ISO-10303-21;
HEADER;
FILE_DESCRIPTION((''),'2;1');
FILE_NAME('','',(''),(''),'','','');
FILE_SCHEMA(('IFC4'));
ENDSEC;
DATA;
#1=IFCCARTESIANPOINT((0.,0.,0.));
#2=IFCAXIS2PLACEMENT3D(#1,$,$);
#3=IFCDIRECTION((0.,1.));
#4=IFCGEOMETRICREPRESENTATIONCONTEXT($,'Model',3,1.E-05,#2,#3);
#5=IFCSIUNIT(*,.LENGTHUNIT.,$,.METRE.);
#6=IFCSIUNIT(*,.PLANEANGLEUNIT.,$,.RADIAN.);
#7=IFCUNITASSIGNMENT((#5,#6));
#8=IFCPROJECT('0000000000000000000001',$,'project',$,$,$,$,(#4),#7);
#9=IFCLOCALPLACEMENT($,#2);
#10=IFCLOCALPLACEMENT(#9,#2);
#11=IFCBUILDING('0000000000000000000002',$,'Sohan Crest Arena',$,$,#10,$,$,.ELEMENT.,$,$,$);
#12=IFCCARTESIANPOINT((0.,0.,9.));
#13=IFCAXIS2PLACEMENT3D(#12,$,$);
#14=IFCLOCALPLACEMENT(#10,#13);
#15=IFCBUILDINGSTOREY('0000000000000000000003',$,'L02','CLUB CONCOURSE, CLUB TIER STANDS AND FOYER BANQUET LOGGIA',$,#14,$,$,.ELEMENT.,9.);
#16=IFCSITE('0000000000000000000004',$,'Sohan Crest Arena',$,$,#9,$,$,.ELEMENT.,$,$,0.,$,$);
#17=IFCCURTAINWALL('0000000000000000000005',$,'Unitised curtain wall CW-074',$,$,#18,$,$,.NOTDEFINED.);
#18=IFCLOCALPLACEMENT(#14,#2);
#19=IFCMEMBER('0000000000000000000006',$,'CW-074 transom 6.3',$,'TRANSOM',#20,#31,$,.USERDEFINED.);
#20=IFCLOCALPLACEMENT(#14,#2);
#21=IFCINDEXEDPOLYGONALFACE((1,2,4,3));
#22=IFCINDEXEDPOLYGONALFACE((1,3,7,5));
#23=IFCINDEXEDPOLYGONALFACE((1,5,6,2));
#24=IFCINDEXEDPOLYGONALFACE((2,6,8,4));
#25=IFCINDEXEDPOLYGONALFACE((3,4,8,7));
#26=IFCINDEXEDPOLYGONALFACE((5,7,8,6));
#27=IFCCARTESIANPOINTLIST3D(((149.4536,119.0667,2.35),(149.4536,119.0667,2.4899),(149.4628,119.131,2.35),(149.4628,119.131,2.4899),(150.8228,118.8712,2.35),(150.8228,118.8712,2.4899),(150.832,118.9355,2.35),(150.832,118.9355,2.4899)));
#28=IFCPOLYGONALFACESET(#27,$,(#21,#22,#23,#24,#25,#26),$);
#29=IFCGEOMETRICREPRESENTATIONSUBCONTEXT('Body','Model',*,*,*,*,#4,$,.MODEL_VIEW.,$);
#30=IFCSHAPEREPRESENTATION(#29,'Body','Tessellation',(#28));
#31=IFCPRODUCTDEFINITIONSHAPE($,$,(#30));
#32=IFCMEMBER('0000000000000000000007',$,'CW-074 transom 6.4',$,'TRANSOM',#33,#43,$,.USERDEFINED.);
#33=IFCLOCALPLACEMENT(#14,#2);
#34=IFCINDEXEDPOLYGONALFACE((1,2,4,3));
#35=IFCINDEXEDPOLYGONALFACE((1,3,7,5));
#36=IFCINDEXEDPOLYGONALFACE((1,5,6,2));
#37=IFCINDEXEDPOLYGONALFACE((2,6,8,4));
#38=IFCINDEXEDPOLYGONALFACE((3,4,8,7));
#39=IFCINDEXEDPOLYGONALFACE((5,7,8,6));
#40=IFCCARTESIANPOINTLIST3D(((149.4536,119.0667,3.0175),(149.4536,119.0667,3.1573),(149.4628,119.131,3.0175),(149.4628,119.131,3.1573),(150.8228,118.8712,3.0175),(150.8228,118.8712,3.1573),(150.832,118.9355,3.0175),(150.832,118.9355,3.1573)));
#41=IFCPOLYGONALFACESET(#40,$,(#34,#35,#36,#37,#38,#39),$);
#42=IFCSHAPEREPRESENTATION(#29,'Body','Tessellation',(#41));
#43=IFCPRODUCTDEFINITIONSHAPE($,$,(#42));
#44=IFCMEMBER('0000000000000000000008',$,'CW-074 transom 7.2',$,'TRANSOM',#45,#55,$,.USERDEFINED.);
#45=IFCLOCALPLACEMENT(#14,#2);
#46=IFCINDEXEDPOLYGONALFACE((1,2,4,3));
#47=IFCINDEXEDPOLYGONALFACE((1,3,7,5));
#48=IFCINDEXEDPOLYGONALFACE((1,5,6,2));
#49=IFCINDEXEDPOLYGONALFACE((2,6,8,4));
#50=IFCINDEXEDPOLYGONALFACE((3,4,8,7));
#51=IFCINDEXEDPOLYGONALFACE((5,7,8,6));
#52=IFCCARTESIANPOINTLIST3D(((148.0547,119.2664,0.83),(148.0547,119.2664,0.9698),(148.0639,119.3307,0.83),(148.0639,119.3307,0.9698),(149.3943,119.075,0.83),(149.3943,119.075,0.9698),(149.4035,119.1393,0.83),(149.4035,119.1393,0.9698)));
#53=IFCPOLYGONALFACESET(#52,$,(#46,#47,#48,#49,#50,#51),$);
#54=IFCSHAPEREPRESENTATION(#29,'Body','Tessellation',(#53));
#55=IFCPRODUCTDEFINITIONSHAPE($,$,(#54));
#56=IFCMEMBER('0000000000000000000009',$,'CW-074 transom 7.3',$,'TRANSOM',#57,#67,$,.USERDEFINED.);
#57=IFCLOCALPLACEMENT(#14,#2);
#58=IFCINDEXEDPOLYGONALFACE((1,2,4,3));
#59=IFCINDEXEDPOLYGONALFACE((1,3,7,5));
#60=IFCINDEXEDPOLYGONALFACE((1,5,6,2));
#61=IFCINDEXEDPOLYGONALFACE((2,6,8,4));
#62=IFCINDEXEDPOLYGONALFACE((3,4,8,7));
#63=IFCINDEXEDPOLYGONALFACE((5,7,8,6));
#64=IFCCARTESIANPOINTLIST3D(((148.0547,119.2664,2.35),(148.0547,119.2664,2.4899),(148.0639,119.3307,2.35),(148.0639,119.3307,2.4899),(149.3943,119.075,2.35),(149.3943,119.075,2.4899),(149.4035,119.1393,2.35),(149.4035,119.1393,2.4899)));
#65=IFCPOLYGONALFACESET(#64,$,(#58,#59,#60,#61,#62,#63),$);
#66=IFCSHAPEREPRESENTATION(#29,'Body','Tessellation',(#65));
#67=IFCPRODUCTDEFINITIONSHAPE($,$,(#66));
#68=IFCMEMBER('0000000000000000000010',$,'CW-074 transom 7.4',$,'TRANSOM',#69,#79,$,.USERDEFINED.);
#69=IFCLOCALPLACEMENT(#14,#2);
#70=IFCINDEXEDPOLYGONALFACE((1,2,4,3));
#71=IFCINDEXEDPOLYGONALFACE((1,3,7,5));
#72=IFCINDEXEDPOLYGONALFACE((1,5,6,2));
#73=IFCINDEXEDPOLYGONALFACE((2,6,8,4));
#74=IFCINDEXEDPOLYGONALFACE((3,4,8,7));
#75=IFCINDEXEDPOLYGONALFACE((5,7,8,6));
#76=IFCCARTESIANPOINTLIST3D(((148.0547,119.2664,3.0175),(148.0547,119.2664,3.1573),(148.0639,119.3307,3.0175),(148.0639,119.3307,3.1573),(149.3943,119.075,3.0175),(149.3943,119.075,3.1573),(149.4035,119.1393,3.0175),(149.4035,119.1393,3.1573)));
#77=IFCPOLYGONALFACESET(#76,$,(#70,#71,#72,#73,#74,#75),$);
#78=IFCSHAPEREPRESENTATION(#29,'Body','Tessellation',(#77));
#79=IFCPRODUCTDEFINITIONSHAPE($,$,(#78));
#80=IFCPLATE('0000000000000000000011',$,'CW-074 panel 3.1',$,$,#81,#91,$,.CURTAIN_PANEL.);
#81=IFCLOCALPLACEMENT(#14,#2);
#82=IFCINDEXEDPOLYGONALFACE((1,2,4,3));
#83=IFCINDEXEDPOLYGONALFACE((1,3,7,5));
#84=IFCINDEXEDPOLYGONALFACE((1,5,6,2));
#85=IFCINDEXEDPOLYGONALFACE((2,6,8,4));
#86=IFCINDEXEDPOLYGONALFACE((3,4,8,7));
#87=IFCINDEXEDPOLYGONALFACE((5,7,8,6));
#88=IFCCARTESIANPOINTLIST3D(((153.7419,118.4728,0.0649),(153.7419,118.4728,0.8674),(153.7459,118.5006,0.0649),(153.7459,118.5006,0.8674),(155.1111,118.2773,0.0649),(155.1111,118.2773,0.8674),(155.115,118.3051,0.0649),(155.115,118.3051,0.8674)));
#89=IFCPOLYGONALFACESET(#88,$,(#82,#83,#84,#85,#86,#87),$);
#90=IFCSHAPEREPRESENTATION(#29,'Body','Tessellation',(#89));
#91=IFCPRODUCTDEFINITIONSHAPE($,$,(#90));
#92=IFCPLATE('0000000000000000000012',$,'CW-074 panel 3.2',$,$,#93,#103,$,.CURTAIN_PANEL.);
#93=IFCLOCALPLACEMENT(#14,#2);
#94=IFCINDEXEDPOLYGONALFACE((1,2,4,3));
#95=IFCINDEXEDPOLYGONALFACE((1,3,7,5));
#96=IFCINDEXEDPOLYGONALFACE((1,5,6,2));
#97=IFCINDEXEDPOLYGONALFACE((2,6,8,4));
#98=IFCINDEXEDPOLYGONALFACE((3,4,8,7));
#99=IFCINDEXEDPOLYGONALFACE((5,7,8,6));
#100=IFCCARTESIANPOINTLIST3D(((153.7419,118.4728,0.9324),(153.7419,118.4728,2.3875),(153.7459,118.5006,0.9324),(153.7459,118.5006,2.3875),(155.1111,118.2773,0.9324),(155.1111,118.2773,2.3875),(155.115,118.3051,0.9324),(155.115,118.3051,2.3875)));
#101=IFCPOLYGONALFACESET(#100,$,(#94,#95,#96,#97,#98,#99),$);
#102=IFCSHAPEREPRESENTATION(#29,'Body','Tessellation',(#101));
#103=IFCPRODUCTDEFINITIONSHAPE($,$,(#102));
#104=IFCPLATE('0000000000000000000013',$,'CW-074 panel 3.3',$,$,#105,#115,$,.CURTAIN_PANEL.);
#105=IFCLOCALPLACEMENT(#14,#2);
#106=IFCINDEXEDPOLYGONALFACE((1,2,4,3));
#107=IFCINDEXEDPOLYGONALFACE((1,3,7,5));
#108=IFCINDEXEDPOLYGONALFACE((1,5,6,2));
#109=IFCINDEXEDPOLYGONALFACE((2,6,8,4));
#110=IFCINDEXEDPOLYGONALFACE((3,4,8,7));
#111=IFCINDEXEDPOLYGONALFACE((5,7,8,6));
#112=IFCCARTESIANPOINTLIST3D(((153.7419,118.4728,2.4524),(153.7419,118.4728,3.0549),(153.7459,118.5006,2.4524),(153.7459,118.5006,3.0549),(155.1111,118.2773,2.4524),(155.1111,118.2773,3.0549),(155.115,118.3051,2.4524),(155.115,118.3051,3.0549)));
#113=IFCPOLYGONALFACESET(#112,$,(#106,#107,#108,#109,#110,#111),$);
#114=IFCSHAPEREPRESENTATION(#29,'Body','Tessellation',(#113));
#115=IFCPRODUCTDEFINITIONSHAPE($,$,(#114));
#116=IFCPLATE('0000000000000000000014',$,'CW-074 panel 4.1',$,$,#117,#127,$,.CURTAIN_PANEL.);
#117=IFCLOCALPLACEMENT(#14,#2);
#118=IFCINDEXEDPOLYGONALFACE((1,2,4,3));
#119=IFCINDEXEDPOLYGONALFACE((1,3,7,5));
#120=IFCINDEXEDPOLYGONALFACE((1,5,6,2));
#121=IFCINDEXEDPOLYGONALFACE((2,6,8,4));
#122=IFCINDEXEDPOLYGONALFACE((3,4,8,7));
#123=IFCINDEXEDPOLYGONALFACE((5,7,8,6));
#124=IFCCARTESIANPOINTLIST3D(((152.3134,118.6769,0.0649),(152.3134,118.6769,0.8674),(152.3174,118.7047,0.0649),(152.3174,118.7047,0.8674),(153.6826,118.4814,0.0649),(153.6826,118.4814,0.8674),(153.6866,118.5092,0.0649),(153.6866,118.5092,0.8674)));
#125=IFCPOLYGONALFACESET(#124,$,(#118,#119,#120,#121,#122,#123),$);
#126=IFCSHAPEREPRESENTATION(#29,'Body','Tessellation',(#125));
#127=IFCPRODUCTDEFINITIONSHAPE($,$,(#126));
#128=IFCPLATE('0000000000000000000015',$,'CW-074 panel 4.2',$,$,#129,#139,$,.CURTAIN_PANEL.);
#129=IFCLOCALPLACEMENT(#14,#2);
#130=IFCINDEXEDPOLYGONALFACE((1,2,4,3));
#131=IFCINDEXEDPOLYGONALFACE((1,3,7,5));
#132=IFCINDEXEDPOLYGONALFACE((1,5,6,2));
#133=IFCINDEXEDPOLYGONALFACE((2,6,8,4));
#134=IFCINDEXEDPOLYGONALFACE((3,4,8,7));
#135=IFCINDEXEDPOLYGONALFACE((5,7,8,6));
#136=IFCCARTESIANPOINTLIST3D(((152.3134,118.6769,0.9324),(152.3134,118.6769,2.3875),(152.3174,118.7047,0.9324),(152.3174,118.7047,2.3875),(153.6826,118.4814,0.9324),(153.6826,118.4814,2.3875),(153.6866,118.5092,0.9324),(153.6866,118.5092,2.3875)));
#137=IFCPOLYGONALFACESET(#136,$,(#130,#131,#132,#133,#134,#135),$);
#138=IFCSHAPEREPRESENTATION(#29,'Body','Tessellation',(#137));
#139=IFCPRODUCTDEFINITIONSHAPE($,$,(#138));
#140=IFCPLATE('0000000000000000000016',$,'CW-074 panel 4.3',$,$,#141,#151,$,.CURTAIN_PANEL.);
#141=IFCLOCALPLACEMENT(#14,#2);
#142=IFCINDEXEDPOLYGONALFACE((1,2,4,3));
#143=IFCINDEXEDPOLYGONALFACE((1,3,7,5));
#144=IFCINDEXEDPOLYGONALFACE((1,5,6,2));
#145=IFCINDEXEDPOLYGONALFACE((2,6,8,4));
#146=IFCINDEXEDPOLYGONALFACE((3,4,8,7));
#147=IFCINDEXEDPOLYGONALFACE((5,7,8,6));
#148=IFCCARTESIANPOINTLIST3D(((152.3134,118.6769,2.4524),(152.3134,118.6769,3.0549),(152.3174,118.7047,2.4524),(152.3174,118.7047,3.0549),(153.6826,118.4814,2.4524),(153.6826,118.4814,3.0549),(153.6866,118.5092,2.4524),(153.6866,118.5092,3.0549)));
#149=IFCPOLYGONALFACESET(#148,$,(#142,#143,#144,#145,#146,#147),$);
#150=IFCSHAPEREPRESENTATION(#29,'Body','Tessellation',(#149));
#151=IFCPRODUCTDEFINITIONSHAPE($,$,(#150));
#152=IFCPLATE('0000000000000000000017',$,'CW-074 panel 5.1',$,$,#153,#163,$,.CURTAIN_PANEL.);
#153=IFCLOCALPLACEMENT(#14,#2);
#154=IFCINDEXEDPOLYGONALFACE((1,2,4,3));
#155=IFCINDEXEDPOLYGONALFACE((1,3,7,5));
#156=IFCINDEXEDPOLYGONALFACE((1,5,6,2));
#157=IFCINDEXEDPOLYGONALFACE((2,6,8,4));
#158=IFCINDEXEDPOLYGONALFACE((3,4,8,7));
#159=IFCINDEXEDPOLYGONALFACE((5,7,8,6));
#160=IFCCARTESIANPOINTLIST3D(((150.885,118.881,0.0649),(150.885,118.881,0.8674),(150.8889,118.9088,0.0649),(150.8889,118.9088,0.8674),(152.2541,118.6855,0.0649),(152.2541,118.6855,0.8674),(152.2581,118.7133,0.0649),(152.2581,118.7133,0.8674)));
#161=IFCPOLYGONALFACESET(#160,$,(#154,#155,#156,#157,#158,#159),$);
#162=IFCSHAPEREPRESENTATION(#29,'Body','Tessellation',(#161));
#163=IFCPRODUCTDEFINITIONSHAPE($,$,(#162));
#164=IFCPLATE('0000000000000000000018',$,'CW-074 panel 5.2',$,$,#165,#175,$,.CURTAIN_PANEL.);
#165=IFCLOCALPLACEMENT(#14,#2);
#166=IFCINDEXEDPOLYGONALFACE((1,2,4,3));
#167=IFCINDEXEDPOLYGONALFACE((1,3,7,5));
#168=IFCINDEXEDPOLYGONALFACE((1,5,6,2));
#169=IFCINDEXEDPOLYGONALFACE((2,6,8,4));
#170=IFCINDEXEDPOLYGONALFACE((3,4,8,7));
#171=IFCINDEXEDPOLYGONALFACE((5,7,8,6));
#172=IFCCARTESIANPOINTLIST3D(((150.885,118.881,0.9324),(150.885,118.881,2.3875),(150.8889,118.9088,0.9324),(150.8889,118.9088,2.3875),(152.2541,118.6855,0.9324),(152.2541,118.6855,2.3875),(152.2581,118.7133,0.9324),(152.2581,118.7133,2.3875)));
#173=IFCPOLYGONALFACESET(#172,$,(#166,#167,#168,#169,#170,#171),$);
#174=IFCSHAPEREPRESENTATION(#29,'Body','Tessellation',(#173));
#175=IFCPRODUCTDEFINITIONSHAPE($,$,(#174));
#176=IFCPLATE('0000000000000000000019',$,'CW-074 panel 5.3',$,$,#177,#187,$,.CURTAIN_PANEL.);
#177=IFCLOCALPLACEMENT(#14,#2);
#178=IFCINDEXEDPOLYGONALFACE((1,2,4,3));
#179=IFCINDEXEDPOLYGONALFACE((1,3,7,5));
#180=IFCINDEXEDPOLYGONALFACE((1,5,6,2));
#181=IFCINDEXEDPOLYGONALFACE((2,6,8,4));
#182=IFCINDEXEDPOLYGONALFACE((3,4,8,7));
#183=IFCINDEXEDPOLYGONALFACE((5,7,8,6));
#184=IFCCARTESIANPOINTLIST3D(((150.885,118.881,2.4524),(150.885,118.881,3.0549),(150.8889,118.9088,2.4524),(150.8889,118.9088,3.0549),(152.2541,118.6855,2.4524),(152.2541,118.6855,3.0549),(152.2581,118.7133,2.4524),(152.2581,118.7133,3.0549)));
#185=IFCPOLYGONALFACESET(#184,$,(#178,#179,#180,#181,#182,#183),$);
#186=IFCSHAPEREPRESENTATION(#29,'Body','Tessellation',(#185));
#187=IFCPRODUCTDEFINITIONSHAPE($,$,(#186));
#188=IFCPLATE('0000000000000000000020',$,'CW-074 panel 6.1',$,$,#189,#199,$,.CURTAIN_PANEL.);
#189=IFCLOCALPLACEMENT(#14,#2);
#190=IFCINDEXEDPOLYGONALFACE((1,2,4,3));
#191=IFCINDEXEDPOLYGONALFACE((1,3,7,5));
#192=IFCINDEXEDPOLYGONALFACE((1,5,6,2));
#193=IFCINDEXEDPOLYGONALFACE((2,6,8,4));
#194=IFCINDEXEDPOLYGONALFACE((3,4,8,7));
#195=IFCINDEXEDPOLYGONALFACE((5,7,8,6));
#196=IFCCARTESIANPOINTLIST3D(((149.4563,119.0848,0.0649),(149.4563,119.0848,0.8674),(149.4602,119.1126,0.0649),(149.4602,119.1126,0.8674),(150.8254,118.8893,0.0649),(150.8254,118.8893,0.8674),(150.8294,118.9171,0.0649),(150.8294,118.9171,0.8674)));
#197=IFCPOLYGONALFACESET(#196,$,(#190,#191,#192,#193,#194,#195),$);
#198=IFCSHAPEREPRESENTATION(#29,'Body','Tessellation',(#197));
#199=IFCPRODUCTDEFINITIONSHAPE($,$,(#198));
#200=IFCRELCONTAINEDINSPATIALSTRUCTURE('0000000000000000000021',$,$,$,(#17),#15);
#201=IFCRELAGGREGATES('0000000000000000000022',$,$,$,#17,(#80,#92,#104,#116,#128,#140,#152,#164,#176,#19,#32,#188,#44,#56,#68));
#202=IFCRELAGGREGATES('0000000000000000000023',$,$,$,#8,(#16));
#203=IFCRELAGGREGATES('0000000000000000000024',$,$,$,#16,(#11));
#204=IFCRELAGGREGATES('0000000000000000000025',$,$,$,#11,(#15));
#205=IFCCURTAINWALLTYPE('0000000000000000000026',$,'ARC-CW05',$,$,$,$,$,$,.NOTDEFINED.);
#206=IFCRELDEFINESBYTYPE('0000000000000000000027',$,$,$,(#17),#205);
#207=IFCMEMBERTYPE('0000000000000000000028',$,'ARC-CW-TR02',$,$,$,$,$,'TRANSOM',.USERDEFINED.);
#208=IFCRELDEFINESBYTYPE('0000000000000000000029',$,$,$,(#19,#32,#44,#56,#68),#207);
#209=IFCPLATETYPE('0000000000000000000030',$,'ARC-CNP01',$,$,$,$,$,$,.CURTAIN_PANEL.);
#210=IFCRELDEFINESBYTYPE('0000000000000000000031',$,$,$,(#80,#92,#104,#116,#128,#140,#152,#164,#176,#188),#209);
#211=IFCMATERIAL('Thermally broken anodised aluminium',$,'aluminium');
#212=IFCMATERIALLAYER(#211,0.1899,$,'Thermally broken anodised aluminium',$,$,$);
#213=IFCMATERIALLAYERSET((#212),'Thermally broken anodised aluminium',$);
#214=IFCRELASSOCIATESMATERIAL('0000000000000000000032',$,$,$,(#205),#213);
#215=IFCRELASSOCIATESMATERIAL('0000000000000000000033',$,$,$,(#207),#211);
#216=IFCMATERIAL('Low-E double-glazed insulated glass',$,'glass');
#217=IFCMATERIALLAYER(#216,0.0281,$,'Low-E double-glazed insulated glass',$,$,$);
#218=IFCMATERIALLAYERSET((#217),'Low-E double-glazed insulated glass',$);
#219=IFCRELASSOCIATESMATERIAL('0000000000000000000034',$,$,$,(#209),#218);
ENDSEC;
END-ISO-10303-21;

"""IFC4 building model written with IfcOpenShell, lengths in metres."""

from ifc_helpers import new_model, si_unit, direction, frame, origin, origin_2d, place, context, subcontext, project, spatial, rectangle, extrude, material, layer, layer_set, material_profile, profile_set, type_object, element, aggregate, save


model = new_model("IFC4")

# Units and contexts
model_context = context("Model", 3, precision=1e-05, world=origin(), true_north=direction((0.0, 1.0)))
body_context = subcontext(model_context, "Body", "Model", "MODEL_VIEW")
ifc_project = project(units=[si_unit("LENGTHUNIT", "METRE"), si_unit("PLANEANGLEUNIT", "RADIAN")], contexts=[model_context])

# Site, building, storey
site_placement = place(None, origin())
site = spatial("IfcSite", under=ifc_project, at=site_placement, Name="Sohan Crest Arena", CompositionType="ELEMENT", RefElevation=0.0)
building_placement = place(site_placement, origin())
building = spatial("IfcBuilding", under=site, at=building_placement, Name="Sohan Crest Arena", CompositionType="ELEMENT")
storey_placement = place(building_placement, frame((0.0, 0.0, 9.0)))
storey = spatial("IfcBuildingStorey", under=building, at=storey_placement, Name="L02", Description="CLUB CONCOURSE, CLUB TIER STANDS AND FOYER BANQUET LOGGIA", CompositionType="ELEMENT", Elevation=9.0)

# Curtain wall, members, plates
ifc_material_1 = material(Name="Thermally broken anodised aluminium", Category="aluminium")
ifc_layer_1 = layer(ifc_material_1, 0.1899, Name="Thermally broken anodised aluminium")
ifc_layer_set_1 = layer_set([ifc_layer_1], Name="Thermally broken anodised aluminium")
curtain_wall_type = type_object("IfcCurtainWallType", Name="ARC-CW05", PredefinedType="NOTDEFINED", material=ifc_layer_set_1)
curtain_wall_placement = place(storey_placement, origin())
curtain_wall = element("IfcCurtainWall", 1, at=curtain_wall_placement, inside=storey, type_object=curtain_wall_type, Name="Unitised curtain wall CW-074", PredefinedType="NOTDEFINED")
ifc_material_profile_1 = material_profile(ifc_material_1, rectangle(XDim=0.0649, YDim=0.1399, at=origin_2d()), Name="ALU-TRAN 65x140")
ifc_profile_set_1 = profile_set([ifc_material_profile_1], Name="Thermally broken anodised aluminium")
member_type_1 = type_object("IfcMemberType", Name="ARC-CW-TR02", ElementType="TRANSOM", PredefinedType="USERDEFINED", material=ifc_profile_set_1)
member_1_placement = place(storey_placement, frame((150.8274, 118.9033, 2.4199), z_axis=(-0.989953, 0.141397, 0.0), x_axis=(-0.141397, -0.989953, 0.0)))
member_1 = element("IfcMember", 2, at=member_1_placement, type_object=member_type_1, Name="CW-074 transom 6.3", ObjectType="TRANSOM", PredefinedType="USERDEFINED", context=body_context, shape_type="SweptSolid", body=[
    extrude(rectangle(XDim=0.0649, YDim=0.1399, at=origin_2d()), origin(), (0.0, 0.0, 1.0), 1.3831),
])
member_2_placement = place(storey_placement, frame((150.8274, 118.9033, 3.0874), z_axis=(-0.989953, 0.141397, 0.0), x_axis=(-0.141397, -0.989953, 0.0)))
member_2 = element("IfcMember", 3, at=member_2_placement, type_object=member_type_1, Name="CW-074 transom 6.4", ObjectType="TRANSOM", PredefinedType="USERDEFINED", context=body_context, shape_type="SweptSolid", body=[
    extrude(rectangle(XDim=0.0649, YDim=0.1399, at=origin_2d()), origin(), (0.0, 0.0, 1.0), 1.3831),
])
member_3_placement = place(storey_placement, frame((149.3989, 119.1072, 0.8999), z_axis=(-0.989946, 0.141447, 0.0), x_axis=(-0.141447, -0.989946, 0.0)))
member_3 = element("IfcMember", 4, at=member_3_placement, type_object=member_type_1, Name="CW-074 transom 7.2", ObjectType="TRANSOM", PredefinedType="USERDEFINED", context=body_context, shape_type="SweptSolid", body=[
    extrude(rectangle(XDim=0.0649, YDim=0.1399, at=origin_2d()), origin(), (0.0, 0.0, 1.0), 1.3533),
])
member_4_placement = place(storey_placement, frame((149.3989, 119.1072, 2.4199), z_axis=(-0.989946, 0.141447, 0.0), x_axis=(-0.141447, -0.989946, 0.0)))
member_4 = element("IfcMember", 5, at=member_4_placement, type_object=member_type_1, Name="CW-074 transom 7.3", ObjectType="TRANSOM", PredefinedType="USERDEFINED", context=body_context, shape_type="SweptSolid", body=[
    extrude(rectangle(XDim=0.0649, YDim=0.1399, at=origin_2d()), origin(), (0.0, 0.0, 1.0), 1.3533),
])
member_5_placement = place(storey_placement, frame((149.3989, 119.1072, 3.0874), z_axis=(-0.989946, 0.141447, 0.0), x_axis=(-0.141447, -0.989946, 0.0)))
member_5 = element("IfcMember", 6, at=member_5_placement, type_object=member_type_1, Name="CW-074 transom 7.4", ObjectType="TRANSOM", PredefinedType="USERDEFINED", context=body_context, shape_type="SweptSolid", body=[
    extrude(rectangle(XDim=0.0649, YDim=0.1399, at=origin_2d()), origin(), (0.0, 0.0, 1.0), 1.3533),
])
ifc_material_2 = material(Name="Low-E double-glazed insulated glass", Category="glass")
ifc_layer_2 = layer(ifc_material_2, 0.0281, Name="Low-E double-glazed insulated glass")
ifc_layer_set_2 = layer_set([ifc_layer_2], Name="Low-E double-glazed insulated glass")
plate_type = type_object("IfcPlateType", Name="ARC-CNP01", PredefinedType="CURTAIN_PANEL", material=ifc_layer_set_2)
plate_1_placement = place(storey_placement, frame((154.4285, 118.3889, 0.0649), z_axis=(0.0, 0.0, 1.0), x_axis=(-0.989957, 0.141366, 0.0)))
plate_1 = element("IfcPlate", 7, at=plate_1_placement, type_object=plate_type, Name="CW-074 panel 3.1", PredefinedType="CURTAIN_PANEL", context=body_context, shape_type="SweptSolid", body=[
    extrude(rectangle(XDim=1.3831, YDim=0.0281, at=origin_2d()), origin(), (0.0, 0.0, 1.0), 0.8025),
])
plate_2_placement = place(storey_placement, frame((154.4285, 118.3889, 0.9324), z_axis=(0.0, 0.0, 1.0), x_axis=(-0.989957, 0.141366, 0.0)))
plate_2 = element("IfcPlate", 8, at=plate_2_placement, type_object=plate_type, Name="CW-074 panel 3.2", PredefinedType="CURTAIN_PANEL", context=body_context, shape_type="SweptSolid", body=[
    extrude(rectangle(XDim=1.3831, YDim=0.0281, at=origin_2d()), origin(), (0.0, 0.0, 1.0), 1.4551),
])
plate_3_placement = place(storey_placement, frame((154.4285, 118.3889, 2.4524), z_axis=(0.0, 0.0, 1.0), x_axis=(-0.989957, 0.141366, 0.0)))
plate_3 = element("IfcPlate", 9, at=plate_3_placement, type_object=plate_type, Name="CW-074 panel 3.3", PredefinedType="CURTAIN_PANEL", context=body_context, shape_type="SweptSolid", body=[
    extrude(rectangle(XDim=1.3831, YDim=0.0281, at=origin_2d()), origin(), (0.0, 0.0, 1.0), 0.6025),
])
plate_4_placement = place(storey_placement, frame((153.0, 118.593, 0.0649), z_axis=(0.0, 0.0, 1.0), x_axis=(-0.989957, 0.141366, 0.0)))
plate_4 = element("IfcPlate", 10, at=plate_4_placement, type_object=plate_type, Name="CW-074 panel 4.1", PredefinedType="CURTAIN_PANEL", context=body_context, shape_type="SweptSolid", body=[
    extrude(rectangle(XDim=1.3831, YDim=0.0281, at=origin_2d()), origin(), (0.0, 0.0, 1.0), 0.8025),
])
plate_5_placement = place(storey_placement, frame((153.0, 118.593, 0.9324), z_axis=(0.0, 0.0, 1.0), x_axis=(-0.989957, 0.141366, 0.0)))
plate_5 = element("IfcPlate", 11, at=plate_5_placement, type_object=plate_type, Name="CW-074 panel 4.2", PredefinedType="CURTAIN_PANEL", context=body_context, shape_type="SweptSolid", body=[
    extrude(rectangle(XDim=1.3831, YDim=0.0281, at=origin_2d()), origin(), (0.0, 0.0, 1.0), 1.4551),
])
plate_6_placement = place(storey_placement, frame((153.0, 118.593, 2.4524), z_axis=(0.0, 0.0, 1.0), x_axis=(-0.989957, 0.141366, 0.0)))
plate_6 = element("IfcPlate", 12, at=plate_6_placement, type_object=plate_type, Name="CW-074 panel 4.3", PredefinedType="CURTAIN_PANEL", context=body_context, shape_type="SweptSolid", body=[
    extrude(rectangle(XDim=1.3831, YDim=0.0281, at=origin_2d()), origin(), (0.0, 0.0, 1.0), 0.6025),
])
plate_7_placement = place(storey_placement, frame((151.5715, 118.7971, 0.0649), z_axis=(0.0, 0.0, 1.0), x_axis=(-0.989957, 0.141366, 0.0)))
plate_7 = element("IfcPlate", 13, at=plate_7_placement, type_object=plate_type, Name="CW-074 panel 5.1", PredefinedType="CURTAIN_PANEL", context=body_context, shape_type="SweptSolid", body=[
    extrude(rectangle(XDim=1.3831, YDim=0.0281, at=origin_2d()), origin(), (0.0, 0.0, 1.0), 0.8025),
])
plate_8_placement = place(storey_placement, frame((151.5715, 118.7971, 0.9324), z_axis=(0.0, 0.0, 1.0), x_axis=(-0.989957, 0.141366, 0.0)))
plate_8 = element("IfcPlate", 14, at=plate_8_placement, type_object=plate_type, Name="CW-074 panel 5.2", PredefinedType="CURTAIN_PANEL", context=body_context, shape_type="SweptSolid", body=[
    extrude(rectangle(XDim=1.3831, YDim=0.0281, at=origin_2d()), origin(), (0.0, 0.0, 1.0), 1.4551),
])
plate_9_placement = place(storey_placement, frame((151.5715, 118.7971, 2.4524), z_axis=(0.0, 0.0, 1.0), x_axis=(-0.989957, 0.141366, 0.0)))
plate_9 = element("IfcPlate", 15, at=plate_9_placement, type_object=plate_type, Name="CW-074 panel 5.3", PredefinedType="CURTAIN_PANEL", context=body_context, shape_type="SweptSolid", body=[
    extrude(rectangle(XDim=1.3831, YDim=0.0281, at=origin_2d()), origin(), (0.0, 0.0, 1.0), 0.6025),
])
plate_10_placement = place(storey_placement, frame((150.1428, 119.001, 0.0649), z_axis=(0.0, 0.0, 1.0), x_axis=(-0.989957, 0.141366, 0.0)))
plate_10 = element("IfcPlate", 16, at=plate_10_placement, type_object=plate_type, Name="CW-074 panel 6.1", PredefinedType="CURTAIN_PANEL", context=body_context, shape_type="SweptSolid", body=[
    extrude(rectangle(XDim=1.3831, YDim=0.0281, at=origin_2d()), origin(), (0.0, 0.0, 1.0), 0.8025),
])
aggregate(curtain_wall, [plate_1, plate_2, plate_3, plate_4, plate_5, plate_6, plate_7, plate_8, plate_9, member_1, member_2, plate_10, member_3, member_4, member_5])

save(model, "model.ifc")
